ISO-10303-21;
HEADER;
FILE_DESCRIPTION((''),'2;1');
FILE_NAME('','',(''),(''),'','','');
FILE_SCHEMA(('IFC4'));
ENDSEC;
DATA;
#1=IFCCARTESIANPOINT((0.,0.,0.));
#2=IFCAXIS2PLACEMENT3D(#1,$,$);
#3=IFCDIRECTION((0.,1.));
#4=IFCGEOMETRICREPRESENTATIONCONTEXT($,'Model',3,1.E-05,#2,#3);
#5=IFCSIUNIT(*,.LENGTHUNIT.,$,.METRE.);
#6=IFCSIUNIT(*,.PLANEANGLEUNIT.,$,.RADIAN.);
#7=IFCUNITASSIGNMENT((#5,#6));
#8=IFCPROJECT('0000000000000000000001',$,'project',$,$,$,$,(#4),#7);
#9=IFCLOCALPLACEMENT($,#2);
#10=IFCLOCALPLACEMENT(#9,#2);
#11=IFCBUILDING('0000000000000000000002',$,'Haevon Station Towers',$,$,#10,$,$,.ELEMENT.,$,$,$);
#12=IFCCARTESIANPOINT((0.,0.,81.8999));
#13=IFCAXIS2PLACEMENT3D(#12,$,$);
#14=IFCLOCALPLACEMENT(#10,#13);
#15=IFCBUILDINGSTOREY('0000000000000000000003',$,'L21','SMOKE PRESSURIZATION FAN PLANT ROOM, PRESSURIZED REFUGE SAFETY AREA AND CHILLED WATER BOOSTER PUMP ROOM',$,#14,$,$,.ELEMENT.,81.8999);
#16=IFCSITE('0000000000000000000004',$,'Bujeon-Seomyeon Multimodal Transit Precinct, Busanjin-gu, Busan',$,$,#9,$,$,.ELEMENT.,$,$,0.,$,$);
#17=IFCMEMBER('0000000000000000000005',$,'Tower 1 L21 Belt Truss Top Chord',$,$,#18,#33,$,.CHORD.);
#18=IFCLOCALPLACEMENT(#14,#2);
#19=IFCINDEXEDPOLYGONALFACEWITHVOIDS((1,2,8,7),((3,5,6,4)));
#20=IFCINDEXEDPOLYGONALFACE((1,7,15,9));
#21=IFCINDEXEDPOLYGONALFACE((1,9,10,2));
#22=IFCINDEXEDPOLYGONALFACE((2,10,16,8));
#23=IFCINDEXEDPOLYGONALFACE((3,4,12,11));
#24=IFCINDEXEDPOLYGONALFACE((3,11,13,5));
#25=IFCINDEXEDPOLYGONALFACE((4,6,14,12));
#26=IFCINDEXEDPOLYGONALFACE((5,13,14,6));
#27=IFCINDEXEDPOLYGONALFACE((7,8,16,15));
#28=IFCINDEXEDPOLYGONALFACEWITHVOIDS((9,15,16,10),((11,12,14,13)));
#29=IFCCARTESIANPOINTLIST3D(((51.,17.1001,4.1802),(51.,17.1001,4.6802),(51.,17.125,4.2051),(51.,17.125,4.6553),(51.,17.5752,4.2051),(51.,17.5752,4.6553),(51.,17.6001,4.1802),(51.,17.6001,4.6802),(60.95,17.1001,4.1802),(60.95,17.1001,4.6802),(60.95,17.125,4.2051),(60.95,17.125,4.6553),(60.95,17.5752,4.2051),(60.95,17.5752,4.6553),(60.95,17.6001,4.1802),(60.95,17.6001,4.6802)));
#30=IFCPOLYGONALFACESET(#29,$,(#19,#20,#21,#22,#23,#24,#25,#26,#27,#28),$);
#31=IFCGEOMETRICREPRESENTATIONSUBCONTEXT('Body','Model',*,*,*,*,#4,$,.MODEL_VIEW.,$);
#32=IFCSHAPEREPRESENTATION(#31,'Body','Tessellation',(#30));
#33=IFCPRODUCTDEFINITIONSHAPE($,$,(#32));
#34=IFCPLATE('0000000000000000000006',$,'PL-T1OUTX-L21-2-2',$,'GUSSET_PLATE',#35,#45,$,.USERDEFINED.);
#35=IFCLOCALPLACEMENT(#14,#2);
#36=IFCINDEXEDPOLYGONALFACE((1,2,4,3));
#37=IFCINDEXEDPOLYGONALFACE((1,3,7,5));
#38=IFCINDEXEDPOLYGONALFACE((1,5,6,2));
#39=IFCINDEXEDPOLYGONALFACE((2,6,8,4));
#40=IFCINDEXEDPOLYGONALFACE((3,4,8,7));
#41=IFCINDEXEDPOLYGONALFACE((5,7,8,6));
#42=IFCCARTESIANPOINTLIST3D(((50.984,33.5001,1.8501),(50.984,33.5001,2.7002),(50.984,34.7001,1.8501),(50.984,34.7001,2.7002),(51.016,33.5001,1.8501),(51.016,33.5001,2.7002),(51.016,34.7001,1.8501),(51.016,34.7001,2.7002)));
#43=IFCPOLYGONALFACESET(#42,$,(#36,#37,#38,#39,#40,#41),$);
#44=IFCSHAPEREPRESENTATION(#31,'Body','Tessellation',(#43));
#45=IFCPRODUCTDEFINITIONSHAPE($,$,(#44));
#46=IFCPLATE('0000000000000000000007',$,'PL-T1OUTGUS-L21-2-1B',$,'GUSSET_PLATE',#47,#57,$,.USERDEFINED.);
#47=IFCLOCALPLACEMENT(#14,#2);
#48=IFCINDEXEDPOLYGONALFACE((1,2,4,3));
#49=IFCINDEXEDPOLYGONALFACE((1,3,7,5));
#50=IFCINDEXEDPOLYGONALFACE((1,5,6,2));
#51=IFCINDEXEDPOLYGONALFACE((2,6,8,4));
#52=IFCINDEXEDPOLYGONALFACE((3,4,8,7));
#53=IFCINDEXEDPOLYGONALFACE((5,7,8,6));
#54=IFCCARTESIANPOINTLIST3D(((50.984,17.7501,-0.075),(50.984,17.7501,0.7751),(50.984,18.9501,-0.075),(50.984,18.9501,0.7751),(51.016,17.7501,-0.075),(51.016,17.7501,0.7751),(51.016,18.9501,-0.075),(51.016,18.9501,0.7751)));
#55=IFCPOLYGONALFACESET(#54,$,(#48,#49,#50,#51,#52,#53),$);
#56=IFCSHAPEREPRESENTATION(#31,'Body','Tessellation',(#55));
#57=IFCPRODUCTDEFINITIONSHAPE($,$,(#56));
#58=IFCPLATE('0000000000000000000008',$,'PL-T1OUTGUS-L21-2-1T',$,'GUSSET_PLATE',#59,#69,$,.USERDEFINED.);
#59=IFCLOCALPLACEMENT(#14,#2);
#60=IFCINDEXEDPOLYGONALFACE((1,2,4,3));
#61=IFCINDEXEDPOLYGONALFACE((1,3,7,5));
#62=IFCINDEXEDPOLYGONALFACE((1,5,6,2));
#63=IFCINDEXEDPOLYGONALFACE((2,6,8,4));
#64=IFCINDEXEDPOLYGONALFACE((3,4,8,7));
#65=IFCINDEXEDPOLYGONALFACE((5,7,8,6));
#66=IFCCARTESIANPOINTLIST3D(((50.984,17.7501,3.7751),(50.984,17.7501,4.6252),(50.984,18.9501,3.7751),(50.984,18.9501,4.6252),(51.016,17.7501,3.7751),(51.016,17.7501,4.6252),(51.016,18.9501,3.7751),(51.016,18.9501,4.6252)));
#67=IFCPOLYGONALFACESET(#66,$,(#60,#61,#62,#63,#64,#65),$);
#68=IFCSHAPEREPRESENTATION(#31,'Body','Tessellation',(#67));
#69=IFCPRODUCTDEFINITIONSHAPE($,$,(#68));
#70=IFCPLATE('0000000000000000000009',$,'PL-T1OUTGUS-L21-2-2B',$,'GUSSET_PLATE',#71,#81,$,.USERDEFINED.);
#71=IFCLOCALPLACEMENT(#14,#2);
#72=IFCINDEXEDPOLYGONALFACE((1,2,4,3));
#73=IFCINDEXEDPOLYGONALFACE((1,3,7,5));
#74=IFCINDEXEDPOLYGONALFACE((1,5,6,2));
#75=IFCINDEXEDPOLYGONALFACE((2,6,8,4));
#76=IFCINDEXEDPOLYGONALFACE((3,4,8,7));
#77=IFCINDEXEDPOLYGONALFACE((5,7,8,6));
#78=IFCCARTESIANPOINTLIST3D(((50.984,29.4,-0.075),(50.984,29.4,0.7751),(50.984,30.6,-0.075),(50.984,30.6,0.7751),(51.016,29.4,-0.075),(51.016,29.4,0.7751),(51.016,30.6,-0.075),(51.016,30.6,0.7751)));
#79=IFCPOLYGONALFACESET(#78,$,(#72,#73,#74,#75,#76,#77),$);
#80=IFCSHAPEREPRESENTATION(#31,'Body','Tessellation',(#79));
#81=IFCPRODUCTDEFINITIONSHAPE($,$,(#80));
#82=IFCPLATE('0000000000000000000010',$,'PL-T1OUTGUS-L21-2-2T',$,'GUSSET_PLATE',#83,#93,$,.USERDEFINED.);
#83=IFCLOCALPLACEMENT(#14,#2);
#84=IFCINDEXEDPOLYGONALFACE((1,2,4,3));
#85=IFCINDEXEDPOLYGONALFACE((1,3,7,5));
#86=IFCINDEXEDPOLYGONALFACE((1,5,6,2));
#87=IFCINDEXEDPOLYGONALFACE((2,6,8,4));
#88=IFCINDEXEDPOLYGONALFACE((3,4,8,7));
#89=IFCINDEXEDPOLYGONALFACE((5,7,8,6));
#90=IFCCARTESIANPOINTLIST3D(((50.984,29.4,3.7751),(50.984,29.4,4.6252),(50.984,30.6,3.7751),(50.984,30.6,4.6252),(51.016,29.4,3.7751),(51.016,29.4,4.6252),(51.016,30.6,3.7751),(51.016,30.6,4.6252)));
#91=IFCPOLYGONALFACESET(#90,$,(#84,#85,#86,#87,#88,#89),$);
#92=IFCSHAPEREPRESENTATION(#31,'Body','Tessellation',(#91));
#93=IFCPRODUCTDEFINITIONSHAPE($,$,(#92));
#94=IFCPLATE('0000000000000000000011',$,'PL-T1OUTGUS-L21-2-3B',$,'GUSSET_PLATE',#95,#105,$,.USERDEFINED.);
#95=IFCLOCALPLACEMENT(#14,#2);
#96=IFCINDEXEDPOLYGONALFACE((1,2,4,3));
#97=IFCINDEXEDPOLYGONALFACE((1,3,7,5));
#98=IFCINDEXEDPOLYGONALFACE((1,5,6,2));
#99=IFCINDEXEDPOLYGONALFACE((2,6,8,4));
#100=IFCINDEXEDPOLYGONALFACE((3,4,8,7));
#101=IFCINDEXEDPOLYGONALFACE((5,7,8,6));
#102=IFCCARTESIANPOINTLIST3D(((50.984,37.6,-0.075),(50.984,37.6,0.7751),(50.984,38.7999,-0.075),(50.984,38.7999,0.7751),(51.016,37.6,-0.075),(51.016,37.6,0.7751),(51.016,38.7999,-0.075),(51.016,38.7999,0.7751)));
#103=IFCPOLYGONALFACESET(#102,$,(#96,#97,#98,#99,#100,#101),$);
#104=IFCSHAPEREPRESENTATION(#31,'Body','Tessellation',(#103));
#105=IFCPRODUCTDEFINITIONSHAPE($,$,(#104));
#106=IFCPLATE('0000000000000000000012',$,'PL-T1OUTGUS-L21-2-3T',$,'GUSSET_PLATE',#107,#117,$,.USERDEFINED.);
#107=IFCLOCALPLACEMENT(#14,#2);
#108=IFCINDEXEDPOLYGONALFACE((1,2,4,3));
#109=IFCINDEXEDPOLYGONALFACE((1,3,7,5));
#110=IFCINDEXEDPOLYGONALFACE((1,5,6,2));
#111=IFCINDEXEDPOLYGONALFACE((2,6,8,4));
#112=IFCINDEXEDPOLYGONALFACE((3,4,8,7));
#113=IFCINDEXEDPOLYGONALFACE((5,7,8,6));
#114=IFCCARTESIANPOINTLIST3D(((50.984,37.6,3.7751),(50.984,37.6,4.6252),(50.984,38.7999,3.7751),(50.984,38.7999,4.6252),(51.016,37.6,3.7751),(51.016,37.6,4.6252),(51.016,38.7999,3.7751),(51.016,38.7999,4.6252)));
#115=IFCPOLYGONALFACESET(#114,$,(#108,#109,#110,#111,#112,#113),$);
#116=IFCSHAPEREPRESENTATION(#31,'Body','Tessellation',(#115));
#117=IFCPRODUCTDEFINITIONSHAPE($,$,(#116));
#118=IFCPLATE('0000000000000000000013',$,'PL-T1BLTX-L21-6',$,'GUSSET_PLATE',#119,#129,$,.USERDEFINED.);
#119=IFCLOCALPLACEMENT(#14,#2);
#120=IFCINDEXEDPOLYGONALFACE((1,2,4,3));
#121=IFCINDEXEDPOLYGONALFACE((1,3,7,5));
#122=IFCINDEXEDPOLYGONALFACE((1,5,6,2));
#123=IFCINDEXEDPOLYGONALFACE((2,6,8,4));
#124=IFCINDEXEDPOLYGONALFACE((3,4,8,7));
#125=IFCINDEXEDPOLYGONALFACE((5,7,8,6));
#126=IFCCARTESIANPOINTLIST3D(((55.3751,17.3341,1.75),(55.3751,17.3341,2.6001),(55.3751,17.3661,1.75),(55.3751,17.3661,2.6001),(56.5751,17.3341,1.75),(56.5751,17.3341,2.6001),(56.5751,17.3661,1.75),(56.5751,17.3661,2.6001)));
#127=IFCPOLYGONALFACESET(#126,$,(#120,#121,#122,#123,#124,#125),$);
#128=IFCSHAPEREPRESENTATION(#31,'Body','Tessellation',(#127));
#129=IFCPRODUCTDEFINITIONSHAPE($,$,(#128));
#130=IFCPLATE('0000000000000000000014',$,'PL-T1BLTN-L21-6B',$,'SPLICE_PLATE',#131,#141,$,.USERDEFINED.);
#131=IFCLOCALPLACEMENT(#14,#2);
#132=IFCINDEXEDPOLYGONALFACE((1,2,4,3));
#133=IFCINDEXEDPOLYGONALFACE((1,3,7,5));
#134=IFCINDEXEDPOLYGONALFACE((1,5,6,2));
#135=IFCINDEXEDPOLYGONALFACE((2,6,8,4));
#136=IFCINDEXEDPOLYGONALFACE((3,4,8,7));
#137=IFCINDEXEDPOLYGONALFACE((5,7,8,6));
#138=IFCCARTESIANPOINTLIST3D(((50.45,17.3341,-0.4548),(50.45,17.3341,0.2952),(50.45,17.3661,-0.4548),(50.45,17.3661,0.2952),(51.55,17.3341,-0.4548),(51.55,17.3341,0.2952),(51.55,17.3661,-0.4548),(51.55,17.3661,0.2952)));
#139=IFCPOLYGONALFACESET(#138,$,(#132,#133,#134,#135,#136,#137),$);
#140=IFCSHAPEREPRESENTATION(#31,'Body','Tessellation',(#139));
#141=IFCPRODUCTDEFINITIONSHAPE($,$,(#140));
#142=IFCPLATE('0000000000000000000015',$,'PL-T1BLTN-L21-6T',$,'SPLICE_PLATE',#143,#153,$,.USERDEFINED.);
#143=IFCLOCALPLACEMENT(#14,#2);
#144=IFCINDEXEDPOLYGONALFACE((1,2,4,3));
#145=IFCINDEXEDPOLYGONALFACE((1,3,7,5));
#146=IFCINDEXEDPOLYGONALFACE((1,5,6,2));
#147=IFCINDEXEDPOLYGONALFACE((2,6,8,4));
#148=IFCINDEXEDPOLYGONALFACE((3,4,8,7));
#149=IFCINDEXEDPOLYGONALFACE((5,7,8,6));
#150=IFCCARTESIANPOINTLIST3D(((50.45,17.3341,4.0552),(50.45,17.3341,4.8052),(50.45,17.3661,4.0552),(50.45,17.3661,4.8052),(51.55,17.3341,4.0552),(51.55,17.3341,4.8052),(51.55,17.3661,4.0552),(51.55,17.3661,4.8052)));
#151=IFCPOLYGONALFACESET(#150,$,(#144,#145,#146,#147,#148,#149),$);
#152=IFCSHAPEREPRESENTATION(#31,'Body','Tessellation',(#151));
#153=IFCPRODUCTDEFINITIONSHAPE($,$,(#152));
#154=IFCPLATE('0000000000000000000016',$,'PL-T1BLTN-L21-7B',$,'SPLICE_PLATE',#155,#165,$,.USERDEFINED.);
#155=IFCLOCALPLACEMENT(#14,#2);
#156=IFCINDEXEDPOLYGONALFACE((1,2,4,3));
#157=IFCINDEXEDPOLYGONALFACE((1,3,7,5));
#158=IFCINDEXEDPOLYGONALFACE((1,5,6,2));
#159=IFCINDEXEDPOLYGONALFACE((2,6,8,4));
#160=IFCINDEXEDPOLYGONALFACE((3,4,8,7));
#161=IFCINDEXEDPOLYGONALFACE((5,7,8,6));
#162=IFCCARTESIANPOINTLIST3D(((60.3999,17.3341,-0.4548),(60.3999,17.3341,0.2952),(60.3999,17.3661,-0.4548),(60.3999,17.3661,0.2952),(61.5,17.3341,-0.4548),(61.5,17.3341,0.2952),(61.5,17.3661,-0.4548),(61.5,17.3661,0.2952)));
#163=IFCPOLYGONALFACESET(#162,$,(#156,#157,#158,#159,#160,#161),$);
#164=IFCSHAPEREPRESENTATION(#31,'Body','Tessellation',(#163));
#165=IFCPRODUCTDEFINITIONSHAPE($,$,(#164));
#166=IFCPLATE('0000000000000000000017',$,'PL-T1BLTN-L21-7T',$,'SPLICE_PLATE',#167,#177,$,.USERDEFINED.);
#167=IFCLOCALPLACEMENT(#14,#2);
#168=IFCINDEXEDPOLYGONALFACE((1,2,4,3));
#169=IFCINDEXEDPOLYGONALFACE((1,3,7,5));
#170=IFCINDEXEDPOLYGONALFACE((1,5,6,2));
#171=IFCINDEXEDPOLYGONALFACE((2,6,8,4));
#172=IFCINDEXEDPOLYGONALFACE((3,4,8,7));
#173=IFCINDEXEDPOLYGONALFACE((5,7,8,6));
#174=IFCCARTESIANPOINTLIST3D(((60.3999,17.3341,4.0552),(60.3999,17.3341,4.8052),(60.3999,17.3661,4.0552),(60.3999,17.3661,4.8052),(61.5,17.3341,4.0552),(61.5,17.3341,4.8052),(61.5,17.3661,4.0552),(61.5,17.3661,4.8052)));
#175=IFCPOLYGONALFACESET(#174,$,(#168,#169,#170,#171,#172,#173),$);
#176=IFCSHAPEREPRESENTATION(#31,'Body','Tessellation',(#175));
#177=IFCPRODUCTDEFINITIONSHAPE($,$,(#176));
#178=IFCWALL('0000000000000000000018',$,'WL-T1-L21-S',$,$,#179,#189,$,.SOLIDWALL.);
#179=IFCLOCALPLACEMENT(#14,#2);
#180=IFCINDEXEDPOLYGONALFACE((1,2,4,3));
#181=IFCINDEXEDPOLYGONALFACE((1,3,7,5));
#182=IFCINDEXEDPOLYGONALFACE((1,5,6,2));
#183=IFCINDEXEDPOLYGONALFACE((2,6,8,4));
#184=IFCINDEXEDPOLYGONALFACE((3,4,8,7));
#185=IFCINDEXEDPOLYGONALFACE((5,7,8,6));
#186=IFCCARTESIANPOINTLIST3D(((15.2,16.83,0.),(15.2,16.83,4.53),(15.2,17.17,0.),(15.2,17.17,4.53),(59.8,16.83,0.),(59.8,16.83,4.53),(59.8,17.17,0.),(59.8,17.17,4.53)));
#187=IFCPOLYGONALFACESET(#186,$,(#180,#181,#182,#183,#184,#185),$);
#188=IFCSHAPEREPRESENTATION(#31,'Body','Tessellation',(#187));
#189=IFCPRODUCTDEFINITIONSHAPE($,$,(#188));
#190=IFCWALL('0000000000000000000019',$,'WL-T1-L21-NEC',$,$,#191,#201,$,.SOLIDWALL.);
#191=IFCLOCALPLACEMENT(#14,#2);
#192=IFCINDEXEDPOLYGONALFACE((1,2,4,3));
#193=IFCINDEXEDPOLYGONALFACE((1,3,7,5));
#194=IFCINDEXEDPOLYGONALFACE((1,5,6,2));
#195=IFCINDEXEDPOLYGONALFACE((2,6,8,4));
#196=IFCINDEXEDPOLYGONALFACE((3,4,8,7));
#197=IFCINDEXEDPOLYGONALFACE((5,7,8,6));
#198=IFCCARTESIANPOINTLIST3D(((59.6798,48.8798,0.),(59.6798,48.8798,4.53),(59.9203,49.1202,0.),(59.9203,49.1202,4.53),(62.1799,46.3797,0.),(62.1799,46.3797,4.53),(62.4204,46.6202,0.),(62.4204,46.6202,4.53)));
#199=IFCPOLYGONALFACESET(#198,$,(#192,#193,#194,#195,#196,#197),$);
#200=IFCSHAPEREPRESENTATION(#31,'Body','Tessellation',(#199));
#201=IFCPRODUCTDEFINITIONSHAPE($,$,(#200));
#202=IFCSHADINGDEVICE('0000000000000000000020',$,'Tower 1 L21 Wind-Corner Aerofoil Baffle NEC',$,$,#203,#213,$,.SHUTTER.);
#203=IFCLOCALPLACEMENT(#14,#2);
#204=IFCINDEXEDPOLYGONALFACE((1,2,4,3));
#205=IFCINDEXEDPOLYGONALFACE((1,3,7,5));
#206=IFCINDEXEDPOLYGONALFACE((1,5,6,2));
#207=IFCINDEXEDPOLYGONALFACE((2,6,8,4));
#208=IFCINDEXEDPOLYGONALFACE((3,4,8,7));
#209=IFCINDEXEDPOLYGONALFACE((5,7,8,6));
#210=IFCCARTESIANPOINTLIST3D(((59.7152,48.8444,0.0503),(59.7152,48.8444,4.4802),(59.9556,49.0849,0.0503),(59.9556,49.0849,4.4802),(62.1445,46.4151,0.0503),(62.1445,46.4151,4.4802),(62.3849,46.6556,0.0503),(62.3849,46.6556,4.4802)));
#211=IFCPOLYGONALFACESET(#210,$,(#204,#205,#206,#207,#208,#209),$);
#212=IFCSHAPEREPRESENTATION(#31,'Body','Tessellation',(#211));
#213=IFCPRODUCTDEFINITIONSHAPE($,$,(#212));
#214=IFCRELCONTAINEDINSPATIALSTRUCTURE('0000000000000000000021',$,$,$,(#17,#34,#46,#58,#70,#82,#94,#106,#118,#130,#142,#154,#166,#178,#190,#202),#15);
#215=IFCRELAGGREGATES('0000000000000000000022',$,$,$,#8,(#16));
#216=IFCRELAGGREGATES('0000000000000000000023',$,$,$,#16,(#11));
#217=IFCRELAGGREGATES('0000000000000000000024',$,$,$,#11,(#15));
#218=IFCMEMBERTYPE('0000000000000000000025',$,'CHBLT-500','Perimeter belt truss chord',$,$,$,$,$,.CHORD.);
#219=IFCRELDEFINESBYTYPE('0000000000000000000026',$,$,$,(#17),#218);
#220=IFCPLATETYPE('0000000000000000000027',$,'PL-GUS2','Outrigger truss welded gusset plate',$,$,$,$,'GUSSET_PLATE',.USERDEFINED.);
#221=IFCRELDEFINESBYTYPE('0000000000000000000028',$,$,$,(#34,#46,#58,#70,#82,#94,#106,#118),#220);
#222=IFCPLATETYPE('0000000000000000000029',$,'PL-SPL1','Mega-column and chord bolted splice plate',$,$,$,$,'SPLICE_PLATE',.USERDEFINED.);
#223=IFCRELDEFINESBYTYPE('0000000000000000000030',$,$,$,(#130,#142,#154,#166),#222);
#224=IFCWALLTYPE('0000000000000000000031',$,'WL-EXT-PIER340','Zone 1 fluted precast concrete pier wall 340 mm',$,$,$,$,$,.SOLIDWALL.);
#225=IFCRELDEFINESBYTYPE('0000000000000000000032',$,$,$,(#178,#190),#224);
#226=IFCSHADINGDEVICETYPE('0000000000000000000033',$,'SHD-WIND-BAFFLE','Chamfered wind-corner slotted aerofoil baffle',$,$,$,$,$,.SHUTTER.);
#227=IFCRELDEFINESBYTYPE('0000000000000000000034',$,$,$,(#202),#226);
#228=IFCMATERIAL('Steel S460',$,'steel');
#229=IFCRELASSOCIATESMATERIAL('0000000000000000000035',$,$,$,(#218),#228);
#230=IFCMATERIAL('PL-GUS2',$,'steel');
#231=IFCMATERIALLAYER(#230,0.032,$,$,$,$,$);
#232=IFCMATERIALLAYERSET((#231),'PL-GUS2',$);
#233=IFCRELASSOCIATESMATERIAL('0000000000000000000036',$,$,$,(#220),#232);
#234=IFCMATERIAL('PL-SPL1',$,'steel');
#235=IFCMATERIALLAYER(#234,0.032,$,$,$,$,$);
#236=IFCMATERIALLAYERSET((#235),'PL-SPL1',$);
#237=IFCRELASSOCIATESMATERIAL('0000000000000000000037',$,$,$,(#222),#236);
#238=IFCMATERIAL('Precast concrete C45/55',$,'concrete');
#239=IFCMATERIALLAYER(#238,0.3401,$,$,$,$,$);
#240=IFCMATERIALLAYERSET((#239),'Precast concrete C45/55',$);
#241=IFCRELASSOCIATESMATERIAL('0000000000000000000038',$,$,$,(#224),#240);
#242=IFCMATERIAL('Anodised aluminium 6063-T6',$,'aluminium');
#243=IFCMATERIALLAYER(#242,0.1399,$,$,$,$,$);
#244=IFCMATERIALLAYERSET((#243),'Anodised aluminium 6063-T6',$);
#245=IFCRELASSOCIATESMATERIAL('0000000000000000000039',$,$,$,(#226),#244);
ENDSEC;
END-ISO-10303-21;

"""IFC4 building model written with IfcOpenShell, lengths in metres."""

from ifc_helpers import new_model, si_unit, direction, frame, frame_2d, origin, origin_2d, place, context, subcontext, project, spatial, rectangle, hollow_rectangle, extrude, material, layer, layer_set, material_profile, profile_set, type_object, element, save


model = new_model("IFC4")

# Units and contexts
model_context = context("Model", 3, precision=1e-05, world=origin(), true_north=direction((0.0, 1.0)))
body_context = subcontext(model_context, "Body", "Model", "MODEL_VIEW")
ifc_project = project(units=[si_unit("LENGTHUNIT", "METRE"), si_unit("PLANEANGLEUNIT", "RADIAN")], contexts=[model_context])

# Site, building, storey
site_placement = place(None, origin())
site = spatial("IfcSite", under=ifc_project, at=site_placement, Name="Bujeon-Seomyeon Multimodal Transit Precinct, Busanjin-gu, Busan", CompositionType="ELEMENT", RefElevation=0.0)
building_placement = place(site_placement, origin())
building = spatial("IfcBuilding", under=site, at=building_placement, Name="Haevon Station Towers", CompositionType="ELEMENT")
storey_placement = place(building_placement, frame((0.0, 0.0, 81.8999)))
storey = spatial("IfcBuildingStorey", under=building, at=storey_placement, Name="L21", Description="SMOKE PRESSURIZATION FAN PLANT ROOM, PRESSURIZED REFUGE SAFETY AREA AND CHILLED WATER BOOSTER PUMP ROOM", CompositionType="ELEMENT", Elevation=81.8999)

# Shared definitions
ifc_material_1 = material(Name="Steel S460", Category="steel")

# Member
ifc_material_profile_1 = material_profile(ifc_material_1, hollow_rectangle(XDim=0.5, YDim=0.5, WallThickness=0.0249, at=origin_2d()), Name="RHS-500x500x25")
ifc_profile_set_1 = profile_set([ifc_material_profile_1], Name="Steel S460")
member_type_1 = type_object("IfcMemberType", Name="CHBLT-500", Description="Perimeter belt truss chord", PredefinedType="CHORD", material=ifc_profile_set_1)
for number, where, z_axis, x_axis, name in (
    (1, (51.0, 17.3501, 4.4302), (1.0, 0.0, 0.0), (0.0, 1.0, 0.0), "Tower 1 L21 Belt Truss Top Chord"),
):
    element("IfcMember", number, at=place(storey_placement, frame(where, z_axis=z_axis, x_axis=x_axis)), inside=storey, type_object=member_type_1, Name=name, PredefinedType="CHORD", context=body_context, shape_type="SweptSolid", body=[
        extrude(hollow_rectangle(XDim=0.5, YDim=0.5, WallThickness=0.0249, at=origin_2d()), origin(), (0.0, 0.0, 1.0), 9.95),
    ])

# Plates
ifc_material_2 = material(Name="PL-GUS2", Category="steel")
ifc_layer_1 = layer(ifc_material_2, 0.032)
ifc_layer_set_1 = layer_set([ifc_layer_1], Name="PL-GUS2")
plate_type_1 = type_object("IfcPlateType", Name="PL-GUS2", Description="Outrigger truss welded gusset plate", ElementType="GUSSET_PLATE", PredefinedType="USERDEFINED", material=ifc_layer_set_1)
for number, where, z_axis, x_axis, name in (
    (2, (51.0, 34.1001, 1.8501), (0.0, 0.0, 1.0), (0.0, 1.0, 0.0), "PL-T1OUTX-L21-2-2"),
    (3, (51.0, 18.3501, -0.075), (0.0, 0.0, 1.0), (0.0, 1.0, 0.0), "PL-T1OUTGUS-L21-2-1B"),
    (4, (51.0, 18.3501, 3.7751), (0.0, 0.0, 1.0), (0.0, 1.0, 0.0), "PL-T1OUTGUS-L21-2-1T"),
    (5, (51.0, 30.0, -0.075), (0.0, 0.0, 1.0), (0.0, 1.0, 0.0), "PL-T1OUTGUS-L21-2-2B"),
    (6, (51.0, 30.0, 3.7751), (0.0, 0.0, 1.0), (0.0, 1.0, 0.0), "PL-T1OUTGUS-L21-2-2T"),
    (7, (51.0, 38.2, -0.075), (0.0, 0.0, 1.0), (0.0, 1.0, 0.0), "PL-T1OUTGUS-L21-2-3B"),
    (8, (51.0, 38.2, 3.7751), (0.0, 0.0, 1.0), (0.0, 1.0, 0.0), "PL-T1OUTGUS-L21-2-3T"),
    (9, (55.9751, 17.3501, 1.75), (0.0, 0.0, 1.0), (1.0, 0.0, 0.0), "PL-T1BLTX-L21-6"),
):
    element("IfcPlate", number, at=place(storey_placement, frame(where, z_axis=z_axis, x_axis=x_axis)), inside=storey, type_object=plate_type_1, Name=name, ObjectType="GUSSET_PLATE", PredefinedType="USERDEFINED", context=body_context, shape_type="SweptSolid", body=[
        extrude(rectangle(XDim=1.2, YDim=0.032, at=origin_2d()), origin(), (0.0, 0.0, 1.0), 0.8501),
    ])
ifc_material_3 = material(Name="PL-SPL1", Category="steel")
ifc_layer_2 = layer(ifc_material_3, 0.032)
ifc_layer_set_2 = layer_set([ifc_layer_2], Name="PL-SPL1")
plate_type_2 = type_object("IfcPlateType", Name="PL-SPL1", Description="Mega-column and chord bolted splice plate", ElementType="SPLICE_PLATE", PredefinedType="USERDEFINED", material=ifc_layer_set_2)
for number, where, z_axis, x_axis, name in (
    (10, (51.0, 17.3501, -0.4548), (0.0, 0.0, 1.0), (1.0, 0.0, 0.0), "PL-T1BLTN-L21-6B"),
    (11, (51.0, 17.3501, 4.0552), (0.0, 0.0, 1.0), (1.0, 0.0, 0.0), "PL-T1BLTN-L21-6T"),
    (12, (60.95, 17.3501, -0.4548), (0.0, 0.0, 1.0), (1.0, 0.0, 0.0), "PL-T1BLTN-L21-7B"),
    (13, (60.95, 17.3501, 4.0552), (0.0, 0.0, 1.0), (1.0, 0.0, 0.0), "PL-T1BLTN-L21-7T"),
):
    element("IfcPlate", number, at=place(storey_placement, frame(where, z_axis=z_axis, x_axis=x_axis)), inside=storey, type_object=plate_type_2, Name=name, ObjectType="SPLICE_PLATE", PredefinedType="USERDEFINED", context=body_context, shape_type="SweptSolid", body=[
        extrude(rectangle(XDim=1.1001, YDim=0.032, at=origin_2d()), origin(), (0.0, 0.0, 1.0), 0.75),
    ])

# Walls
ifc_material_4 = material(Name="Precast concrete C45/55", Category="concrete")
ifc_layer_3 = layer(ifc_material_4, 0.3401)
ifc_layer_set_3 = layer_set([ifc_layer_3], Name="Precast concrete C45/55")
wall_type = type_object("IfcWallType", Name="WL-EXT-PIER340", Description="Zone 1 fluted precast concrete pier wall 340 mm", PredefinedType="SOLIDWALL", material=ifc_layer_set_3)
wall_1_placement = place(storey_placement, frame((59.8, 17.0, 0.0), z_axis=(0.0, 0.0, 1.0), x_axis=(-1.0, 0.0, 0.0)))
element("IfcWall", 14, at=wall_1_placement, inside=storey, type_object=wall_type, Name="WL-T1-L21-S", PredefinedType="SOLIDWALL", context=body_context, shape_type="SweptSolid", body=[
    extrude(rectangle(XDim=44.6001, YDim=0.3401, at=frame_2d((22.3, 0.0))), origin(), (0.0, 0.0, 1.0), 4.53),
])
wall_2_placement = place(storey_placement, frame((59.8, 49.0, 0.0), z_axis=(0.0, 0.0, 1.0), x_axis=(0.707107, -0.707107, 0.0)))
element("IfcWall", 15, at=wall_2_placement, inside=storey, type_object=wall_type, Name="WL-T1-L21-NEC", PredefinedType="SOLIDWALL", context=body_context, shape_type="SweptSolid", body=[
    extrude(rectangle(XDim=3.5356, YDim=0.3401, at=frame_2d((1.7678, 0.0))), origin(), (0.0, 0.0, 1.0), 4.53),
])

# Shading device
ifc_material_5 = material(Name="Anodised aluminium 6063-T6", Category="aluminium")
ifc_layer_4 = layer(ifc_material_5, 0.1399)
ifc_layer_set_4 = layer_set([ifc_layer_4], Name="Anodised aluminium 6063-T6")
shading_device_type = type_object("IfcShadingDeviceType", Name="SHD-WIND-BAFFLE", Description="Chamfered wind-corner slotted aerofoil baffle", PredefinedType="SHUTTER", material=ifc_layer_set_4)
shading_device_placement = place(storey_placement, frame((61.05, 47.75, 0.0503), z_axis=(0.0, 0.0, 1.0), x_axis=(0.707107, -0.707107, 0.0)))
element("IfcShadingDevice", 16, at=shading_device_placement, inside=storey, type_object=shading_device_type, Name="Tower 1 L21 Wind-Corner Aerofoil Baffle NEC", PredefinedType="SHUTTER", context=body_context, shape_type="SweptSolid", body=[
    extrude(rectangle(XDim=3.4355, YDim=0.3401, at=origin_2d()), origin(), (0.0, 0.0, 1.0), 4.4299),
])

save(model, "model.ifc")
